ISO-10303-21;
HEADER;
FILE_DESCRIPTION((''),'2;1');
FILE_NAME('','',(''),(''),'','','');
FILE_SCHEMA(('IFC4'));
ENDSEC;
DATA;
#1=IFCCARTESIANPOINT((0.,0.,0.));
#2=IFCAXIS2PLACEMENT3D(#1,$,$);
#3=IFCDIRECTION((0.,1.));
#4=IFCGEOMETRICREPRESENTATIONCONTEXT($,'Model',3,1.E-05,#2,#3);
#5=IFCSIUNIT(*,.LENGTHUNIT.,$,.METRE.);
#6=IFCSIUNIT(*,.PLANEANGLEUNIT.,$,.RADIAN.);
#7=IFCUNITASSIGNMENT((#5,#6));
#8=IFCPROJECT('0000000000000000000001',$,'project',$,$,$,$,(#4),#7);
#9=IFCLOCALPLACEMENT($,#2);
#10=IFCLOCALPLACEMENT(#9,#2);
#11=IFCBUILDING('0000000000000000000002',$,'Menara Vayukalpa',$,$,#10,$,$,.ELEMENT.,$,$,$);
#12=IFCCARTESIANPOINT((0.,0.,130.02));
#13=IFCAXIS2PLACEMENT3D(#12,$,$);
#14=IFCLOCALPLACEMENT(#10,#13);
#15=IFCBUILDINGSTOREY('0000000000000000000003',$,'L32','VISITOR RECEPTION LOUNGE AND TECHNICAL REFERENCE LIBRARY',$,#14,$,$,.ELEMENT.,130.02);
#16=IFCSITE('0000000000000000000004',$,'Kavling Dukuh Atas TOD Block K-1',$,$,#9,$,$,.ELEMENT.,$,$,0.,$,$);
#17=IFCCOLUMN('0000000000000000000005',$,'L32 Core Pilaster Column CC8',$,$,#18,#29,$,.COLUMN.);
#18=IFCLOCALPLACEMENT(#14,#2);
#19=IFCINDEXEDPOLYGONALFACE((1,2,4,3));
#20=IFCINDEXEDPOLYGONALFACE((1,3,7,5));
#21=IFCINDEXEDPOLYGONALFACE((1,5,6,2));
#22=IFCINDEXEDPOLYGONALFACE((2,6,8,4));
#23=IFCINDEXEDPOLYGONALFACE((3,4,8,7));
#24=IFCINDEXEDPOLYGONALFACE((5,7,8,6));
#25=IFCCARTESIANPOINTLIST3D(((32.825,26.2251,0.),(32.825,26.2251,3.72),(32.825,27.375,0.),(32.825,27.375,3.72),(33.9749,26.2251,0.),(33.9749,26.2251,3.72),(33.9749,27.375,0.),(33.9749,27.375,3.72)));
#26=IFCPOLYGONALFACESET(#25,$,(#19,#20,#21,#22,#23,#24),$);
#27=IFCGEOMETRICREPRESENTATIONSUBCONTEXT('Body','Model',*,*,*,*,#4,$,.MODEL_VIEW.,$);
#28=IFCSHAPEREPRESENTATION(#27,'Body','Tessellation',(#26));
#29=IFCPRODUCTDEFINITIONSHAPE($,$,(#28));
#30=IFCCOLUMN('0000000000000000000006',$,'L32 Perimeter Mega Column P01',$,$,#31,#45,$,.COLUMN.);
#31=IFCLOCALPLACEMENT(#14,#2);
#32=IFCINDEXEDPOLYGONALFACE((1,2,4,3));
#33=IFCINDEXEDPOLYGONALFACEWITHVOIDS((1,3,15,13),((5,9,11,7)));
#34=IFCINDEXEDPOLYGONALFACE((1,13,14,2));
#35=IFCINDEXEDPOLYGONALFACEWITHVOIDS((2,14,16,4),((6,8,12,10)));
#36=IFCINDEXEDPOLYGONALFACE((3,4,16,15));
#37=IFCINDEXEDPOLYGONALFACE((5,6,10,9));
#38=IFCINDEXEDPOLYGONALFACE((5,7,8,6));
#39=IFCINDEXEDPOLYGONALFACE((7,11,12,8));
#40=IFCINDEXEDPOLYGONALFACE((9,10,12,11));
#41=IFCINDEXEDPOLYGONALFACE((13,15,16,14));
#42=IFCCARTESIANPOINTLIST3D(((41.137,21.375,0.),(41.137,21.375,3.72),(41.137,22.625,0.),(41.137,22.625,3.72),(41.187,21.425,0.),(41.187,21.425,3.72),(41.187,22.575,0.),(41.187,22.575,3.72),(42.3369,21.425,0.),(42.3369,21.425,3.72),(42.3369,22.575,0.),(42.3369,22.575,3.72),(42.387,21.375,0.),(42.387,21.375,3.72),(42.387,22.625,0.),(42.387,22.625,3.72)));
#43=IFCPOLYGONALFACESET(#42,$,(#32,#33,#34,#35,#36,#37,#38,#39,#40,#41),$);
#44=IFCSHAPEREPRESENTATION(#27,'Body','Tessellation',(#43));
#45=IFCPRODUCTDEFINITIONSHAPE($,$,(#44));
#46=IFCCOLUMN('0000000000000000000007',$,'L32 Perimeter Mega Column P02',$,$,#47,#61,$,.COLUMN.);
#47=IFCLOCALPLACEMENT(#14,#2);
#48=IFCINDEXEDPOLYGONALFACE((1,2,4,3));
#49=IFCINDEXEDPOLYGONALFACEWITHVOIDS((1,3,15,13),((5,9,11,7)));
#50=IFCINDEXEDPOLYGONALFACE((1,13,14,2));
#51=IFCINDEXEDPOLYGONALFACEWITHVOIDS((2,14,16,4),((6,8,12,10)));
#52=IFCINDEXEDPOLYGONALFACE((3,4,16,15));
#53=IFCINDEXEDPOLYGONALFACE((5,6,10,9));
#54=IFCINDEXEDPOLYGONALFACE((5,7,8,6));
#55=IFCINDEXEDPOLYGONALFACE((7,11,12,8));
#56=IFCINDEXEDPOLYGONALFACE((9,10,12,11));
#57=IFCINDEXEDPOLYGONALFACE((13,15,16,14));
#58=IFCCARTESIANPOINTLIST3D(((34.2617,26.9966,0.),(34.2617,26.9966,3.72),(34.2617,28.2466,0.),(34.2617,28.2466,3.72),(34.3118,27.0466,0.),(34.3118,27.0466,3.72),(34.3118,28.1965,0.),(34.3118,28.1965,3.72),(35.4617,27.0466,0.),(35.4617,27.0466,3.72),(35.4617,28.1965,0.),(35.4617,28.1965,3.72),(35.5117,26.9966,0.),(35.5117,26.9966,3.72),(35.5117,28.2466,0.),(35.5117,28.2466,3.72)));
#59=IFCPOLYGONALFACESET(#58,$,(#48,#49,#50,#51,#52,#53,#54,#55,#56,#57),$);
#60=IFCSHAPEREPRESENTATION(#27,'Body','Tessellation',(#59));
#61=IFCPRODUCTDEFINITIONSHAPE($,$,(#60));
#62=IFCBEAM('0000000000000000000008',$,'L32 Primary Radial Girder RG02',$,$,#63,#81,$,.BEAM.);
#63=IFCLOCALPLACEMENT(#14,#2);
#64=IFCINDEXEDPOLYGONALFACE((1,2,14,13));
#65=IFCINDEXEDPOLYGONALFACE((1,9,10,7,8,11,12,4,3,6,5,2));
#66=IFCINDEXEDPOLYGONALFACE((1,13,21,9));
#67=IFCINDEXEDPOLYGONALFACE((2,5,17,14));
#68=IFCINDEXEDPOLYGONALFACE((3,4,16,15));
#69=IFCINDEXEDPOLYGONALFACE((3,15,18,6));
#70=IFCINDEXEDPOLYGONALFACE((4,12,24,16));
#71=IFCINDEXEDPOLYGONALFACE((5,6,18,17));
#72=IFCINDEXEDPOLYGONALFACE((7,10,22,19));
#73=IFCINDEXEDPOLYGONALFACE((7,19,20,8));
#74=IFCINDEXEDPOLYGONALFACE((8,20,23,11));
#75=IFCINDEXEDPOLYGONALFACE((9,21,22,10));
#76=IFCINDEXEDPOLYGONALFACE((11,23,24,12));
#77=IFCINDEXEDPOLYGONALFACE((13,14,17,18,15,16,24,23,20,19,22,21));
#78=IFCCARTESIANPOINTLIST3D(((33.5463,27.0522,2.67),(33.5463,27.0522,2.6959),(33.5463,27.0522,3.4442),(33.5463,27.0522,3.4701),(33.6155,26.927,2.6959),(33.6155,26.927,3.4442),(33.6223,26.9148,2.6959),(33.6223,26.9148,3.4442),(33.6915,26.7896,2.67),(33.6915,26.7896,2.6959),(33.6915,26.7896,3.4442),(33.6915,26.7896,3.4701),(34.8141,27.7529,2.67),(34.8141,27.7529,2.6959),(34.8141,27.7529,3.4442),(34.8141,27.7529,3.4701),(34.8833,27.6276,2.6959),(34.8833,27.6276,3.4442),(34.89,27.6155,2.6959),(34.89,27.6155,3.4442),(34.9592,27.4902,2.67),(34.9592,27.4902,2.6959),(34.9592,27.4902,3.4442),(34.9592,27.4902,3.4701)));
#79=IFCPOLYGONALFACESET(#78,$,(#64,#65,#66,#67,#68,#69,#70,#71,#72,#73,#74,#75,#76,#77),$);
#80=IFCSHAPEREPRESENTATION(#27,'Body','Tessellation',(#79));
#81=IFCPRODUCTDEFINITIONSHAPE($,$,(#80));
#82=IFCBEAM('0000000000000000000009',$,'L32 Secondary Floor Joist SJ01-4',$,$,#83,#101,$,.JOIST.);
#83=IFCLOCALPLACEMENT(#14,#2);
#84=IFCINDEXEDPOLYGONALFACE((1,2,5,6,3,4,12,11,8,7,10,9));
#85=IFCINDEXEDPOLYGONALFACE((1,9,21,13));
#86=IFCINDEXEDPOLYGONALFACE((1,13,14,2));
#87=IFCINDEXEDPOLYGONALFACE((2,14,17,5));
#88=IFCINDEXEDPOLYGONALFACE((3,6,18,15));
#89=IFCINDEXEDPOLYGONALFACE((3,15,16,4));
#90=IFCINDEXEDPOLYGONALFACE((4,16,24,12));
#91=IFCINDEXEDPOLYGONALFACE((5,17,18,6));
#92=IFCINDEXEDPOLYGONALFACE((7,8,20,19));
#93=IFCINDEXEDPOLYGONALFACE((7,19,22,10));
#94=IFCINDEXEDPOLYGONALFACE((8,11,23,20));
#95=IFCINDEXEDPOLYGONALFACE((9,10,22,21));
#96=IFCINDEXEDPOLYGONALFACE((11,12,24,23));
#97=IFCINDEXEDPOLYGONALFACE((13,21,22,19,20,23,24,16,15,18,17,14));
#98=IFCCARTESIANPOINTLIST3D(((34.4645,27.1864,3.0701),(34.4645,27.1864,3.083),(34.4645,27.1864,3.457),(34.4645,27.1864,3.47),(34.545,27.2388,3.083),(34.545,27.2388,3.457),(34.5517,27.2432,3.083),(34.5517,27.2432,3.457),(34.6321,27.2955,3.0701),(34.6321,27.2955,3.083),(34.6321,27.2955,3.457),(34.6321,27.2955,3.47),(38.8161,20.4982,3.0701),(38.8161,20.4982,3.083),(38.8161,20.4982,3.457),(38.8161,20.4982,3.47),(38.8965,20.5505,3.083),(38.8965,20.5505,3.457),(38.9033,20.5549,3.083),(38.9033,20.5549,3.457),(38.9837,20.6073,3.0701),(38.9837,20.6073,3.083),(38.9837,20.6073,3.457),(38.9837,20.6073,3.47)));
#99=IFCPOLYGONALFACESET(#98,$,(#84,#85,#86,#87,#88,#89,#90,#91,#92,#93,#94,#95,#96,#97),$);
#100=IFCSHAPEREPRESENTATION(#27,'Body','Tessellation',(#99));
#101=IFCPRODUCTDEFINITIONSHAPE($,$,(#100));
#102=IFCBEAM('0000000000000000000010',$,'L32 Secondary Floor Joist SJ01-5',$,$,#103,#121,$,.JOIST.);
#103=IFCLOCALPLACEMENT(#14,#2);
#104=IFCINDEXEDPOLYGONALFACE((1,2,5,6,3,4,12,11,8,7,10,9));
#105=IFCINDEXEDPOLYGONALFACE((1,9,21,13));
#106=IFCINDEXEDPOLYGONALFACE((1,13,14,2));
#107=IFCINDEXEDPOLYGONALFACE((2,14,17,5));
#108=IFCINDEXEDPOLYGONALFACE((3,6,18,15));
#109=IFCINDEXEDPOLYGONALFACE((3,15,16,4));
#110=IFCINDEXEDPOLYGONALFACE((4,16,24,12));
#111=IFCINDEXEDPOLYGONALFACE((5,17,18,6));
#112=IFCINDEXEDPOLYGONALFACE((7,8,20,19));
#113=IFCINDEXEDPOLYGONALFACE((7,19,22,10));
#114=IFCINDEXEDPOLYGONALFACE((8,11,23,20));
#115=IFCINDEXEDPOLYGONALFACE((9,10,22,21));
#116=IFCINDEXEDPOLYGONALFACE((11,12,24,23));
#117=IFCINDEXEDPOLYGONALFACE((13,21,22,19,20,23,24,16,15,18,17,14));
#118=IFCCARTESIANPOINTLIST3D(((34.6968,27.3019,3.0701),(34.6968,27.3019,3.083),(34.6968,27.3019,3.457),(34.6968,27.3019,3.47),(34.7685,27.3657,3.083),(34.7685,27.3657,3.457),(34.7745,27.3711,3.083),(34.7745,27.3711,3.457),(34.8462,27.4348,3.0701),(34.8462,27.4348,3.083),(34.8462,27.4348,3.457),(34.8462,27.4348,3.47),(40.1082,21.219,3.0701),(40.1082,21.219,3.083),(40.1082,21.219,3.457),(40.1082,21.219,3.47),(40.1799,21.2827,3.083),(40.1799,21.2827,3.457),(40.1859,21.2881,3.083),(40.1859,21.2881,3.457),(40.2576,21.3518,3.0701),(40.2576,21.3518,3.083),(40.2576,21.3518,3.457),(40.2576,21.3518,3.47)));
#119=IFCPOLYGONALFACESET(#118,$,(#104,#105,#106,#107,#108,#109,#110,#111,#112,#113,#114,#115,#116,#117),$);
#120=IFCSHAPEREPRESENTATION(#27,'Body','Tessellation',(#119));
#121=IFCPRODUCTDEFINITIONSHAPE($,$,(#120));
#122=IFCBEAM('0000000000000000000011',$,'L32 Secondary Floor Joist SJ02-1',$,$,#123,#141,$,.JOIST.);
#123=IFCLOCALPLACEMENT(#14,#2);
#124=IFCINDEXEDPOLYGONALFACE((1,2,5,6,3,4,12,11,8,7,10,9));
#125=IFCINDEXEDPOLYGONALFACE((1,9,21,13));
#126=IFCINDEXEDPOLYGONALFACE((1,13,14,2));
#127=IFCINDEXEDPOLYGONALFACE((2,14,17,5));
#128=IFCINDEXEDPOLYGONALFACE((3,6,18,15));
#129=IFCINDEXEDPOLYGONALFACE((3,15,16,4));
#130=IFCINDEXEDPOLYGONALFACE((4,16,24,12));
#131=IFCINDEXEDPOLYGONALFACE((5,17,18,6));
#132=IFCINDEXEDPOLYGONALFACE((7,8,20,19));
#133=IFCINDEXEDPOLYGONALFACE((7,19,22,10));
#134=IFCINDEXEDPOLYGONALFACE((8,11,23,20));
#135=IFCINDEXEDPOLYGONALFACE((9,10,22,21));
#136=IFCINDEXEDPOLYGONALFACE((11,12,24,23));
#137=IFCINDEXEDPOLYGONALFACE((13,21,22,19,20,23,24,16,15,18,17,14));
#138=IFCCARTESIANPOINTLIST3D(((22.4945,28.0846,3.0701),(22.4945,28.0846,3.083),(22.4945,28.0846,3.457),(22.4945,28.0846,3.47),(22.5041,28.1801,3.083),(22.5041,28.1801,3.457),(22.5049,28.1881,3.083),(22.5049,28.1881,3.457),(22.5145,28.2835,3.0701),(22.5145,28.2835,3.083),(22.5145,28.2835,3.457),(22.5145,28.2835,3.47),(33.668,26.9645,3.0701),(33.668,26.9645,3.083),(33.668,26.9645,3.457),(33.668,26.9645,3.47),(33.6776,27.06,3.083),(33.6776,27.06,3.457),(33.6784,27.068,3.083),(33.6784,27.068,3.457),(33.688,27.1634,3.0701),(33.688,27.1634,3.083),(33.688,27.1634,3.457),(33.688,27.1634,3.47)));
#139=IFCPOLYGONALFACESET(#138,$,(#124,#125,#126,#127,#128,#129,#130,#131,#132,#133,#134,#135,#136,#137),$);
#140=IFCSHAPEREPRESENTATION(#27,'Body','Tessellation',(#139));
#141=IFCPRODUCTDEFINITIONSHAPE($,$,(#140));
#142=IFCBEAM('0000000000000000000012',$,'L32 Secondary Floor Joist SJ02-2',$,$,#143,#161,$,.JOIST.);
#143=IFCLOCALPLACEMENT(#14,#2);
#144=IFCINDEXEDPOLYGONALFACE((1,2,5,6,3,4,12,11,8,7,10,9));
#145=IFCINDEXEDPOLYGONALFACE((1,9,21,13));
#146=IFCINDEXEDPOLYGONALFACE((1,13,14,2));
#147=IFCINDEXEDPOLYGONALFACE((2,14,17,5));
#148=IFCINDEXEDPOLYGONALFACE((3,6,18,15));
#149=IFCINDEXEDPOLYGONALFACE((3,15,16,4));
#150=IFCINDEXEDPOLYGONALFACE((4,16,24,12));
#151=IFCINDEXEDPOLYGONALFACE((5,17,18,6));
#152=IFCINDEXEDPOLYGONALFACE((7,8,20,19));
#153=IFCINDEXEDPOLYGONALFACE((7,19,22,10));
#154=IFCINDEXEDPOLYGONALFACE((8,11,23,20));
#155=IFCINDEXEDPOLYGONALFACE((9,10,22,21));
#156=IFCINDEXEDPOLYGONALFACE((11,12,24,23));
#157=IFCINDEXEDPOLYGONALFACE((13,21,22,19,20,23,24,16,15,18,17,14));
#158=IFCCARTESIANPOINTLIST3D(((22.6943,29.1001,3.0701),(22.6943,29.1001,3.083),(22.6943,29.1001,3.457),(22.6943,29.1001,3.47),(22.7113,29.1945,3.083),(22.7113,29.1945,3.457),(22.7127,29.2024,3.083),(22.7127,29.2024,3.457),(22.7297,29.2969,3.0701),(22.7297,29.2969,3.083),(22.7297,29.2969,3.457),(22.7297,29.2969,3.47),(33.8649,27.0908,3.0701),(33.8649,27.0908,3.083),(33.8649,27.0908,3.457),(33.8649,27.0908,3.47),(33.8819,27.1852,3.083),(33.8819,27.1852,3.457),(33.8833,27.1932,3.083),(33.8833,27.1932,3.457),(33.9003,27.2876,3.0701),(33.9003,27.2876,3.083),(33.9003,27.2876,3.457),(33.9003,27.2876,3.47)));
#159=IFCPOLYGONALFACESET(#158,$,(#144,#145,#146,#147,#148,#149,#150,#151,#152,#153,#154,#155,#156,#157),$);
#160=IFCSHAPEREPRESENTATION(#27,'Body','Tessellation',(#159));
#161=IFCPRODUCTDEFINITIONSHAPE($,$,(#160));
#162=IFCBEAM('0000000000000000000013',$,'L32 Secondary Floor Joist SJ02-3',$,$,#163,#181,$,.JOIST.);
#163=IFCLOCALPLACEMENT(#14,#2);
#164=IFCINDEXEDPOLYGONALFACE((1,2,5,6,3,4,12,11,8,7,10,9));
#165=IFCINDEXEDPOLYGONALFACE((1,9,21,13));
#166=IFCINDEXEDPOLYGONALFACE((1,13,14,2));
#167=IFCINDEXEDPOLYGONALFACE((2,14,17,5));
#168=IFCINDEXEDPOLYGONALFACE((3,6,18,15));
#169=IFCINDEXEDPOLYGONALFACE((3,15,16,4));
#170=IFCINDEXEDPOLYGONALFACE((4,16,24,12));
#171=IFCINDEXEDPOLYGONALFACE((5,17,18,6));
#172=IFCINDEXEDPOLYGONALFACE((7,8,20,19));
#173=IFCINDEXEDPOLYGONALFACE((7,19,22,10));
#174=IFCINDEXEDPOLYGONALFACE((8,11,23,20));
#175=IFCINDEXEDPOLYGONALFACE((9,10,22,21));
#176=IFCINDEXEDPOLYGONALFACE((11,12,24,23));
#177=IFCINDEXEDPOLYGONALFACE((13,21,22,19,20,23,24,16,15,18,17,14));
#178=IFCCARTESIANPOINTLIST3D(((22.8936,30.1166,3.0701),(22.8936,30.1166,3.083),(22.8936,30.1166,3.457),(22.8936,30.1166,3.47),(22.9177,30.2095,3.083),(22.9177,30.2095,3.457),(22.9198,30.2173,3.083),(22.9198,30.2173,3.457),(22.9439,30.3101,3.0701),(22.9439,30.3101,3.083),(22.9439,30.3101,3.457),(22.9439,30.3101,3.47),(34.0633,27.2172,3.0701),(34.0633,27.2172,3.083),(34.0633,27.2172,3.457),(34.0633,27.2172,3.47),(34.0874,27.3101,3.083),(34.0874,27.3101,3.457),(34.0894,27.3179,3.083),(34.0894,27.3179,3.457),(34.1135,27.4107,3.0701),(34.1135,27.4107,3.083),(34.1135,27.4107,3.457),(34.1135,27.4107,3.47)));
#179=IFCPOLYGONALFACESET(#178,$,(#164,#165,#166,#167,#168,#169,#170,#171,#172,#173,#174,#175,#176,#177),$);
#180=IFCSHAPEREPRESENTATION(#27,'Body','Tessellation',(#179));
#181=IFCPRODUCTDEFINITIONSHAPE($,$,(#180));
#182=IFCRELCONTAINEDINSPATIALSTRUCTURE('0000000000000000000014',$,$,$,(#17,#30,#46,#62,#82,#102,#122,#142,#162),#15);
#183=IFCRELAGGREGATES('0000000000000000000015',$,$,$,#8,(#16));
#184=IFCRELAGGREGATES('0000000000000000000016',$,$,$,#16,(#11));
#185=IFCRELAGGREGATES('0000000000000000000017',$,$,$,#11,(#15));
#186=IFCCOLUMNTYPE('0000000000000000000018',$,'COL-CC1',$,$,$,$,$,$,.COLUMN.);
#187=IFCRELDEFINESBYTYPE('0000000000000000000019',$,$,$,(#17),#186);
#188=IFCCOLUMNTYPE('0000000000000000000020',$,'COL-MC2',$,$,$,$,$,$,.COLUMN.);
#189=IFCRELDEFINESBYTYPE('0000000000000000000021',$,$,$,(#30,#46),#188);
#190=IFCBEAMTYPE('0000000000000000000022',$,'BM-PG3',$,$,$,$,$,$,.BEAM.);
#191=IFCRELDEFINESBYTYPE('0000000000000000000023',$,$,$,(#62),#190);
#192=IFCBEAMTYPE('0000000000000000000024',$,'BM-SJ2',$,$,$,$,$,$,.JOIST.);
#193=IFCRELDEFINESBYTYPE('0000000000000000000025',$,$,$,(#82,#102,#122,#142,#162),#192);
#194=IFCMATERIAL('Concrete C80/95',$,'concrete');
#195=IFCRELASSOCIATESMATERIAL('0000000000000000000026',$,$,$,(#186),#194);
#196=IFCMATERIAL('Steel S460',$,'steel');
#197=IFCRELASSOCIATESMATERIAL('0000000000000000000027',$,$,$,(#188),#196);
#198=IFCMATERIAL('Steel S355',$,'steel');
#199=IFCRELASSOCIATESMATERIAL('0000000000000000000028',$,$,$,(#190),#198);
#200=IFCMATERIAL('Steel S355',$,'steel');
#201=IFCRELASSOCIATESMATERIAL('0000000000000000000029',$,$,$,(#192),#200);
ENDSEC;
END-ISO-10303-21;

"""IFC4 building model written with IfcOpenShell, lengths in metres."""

from ifc_helpers import new_model, si_unit, direction, frame, origin, origin_2d, place, context, subcontext, project, spatial, rectangle, hollow_rectangle, i_section, extrude, material, material_profile, profile_set, type_object, element, save


model = new_model("IFC4")

# Units and contexts
model_context = context("Model", 3, precision=1e-05, world=origin(), true_north=direction((0.0, 1.0)))
body_context = subcontext(model_context, "Body", "Model", "MODEL_VIEW")
ifc_project = project(units=[si_unit("LENGTHUNIT", "METRE"), si_unit("PLANEANGLEUNIT", "RADIAN")], contexts=[model_context])

# Site, building, storey
site_placement = place(None, origin())
site = spatial("IfcSite", under=ifc_project, at=site_placement, Name="Kavling Dukuh Atas TOD Block K-1", CompositionType="ELEMENT", RefElevation=0.0)
building_placement = place(site_placement, origin())
building = spatial("IfcBuilding", under=site, at=building_placement, Name="Menara Vayukalpa", CompositionType="ELEMENT")
storey_placement = place(building_placement, frame((0.0, 0.0, 130.02)))
storey = spatial("IfcBuildingStorey", under=building, at=storey_placement, Name="L32", Description="VISITOR RECEPTION LOUNGE AND TECHNICAL REFERENCE LIBRARY", CompositionType="ELEMENT", Elevation=130.02)

# Columns
ifc_material_1 = material(Name="Concrete C80/95", Category="concrete")
ifc_material_profile_1 = material_profile(ifc_material_1, rectangle(XDim=1.1499, YDim=1.1499, at=origin_2d()), Name="RC 1150x1150")
ifc_profile_set_1 = profile_set([ifc_material_profile_1], Name="Concrete C80/95")
column_type_1 = type_object("IfcColumnType", Name="COL-CC1", PredefinedType="COLUMN", material=ifc_profile_set_1)
column_placement = place(storey_placement, frame((33.3999, 26.8, 0.0), z_axis=(0.0, 0.0, 1.0), x_axis=(1.0, 0.0, 0.0)))
element("IfcColumn", 1, at=column_placement, inside=storey, type_object=column_type_1, Name="L32 Core Pilaster Column CC8", PredefinedType="COLUMN", context=body_context, shape_type="SweptSolid", body=[
    extrude(rectangle(XDim=1.1499, YDim=1.1499, at=origin_2d()), origin(), (0.0, 0.0, 1.0), 3.72),
])
ifc_material_2 = material(Name="Steel S460", Category="steel")
ifc_material_profile_2 = material_profile(ifc_material_2, hollow_rectangle(XDim=1.25, YDim=1.25, WallThickness=0.05, at=origin_2d()), Name="BOX 1250x1250x50")
ifc_profile_set_2 = profile_set([ifc_material_profile_2], Name="Steel S460")
column_type_2 = type_object("IfcColumnType", Name="COL-MC2", PredefinedType="COLUMN", material=ifc_profile_set_2)
for number, where, z_axis, x_axis, name in (
    (2, (41.762, 22.0, 0.0), (0.0, 0.0, 1.0), (1.0, 0.0, 0.0), "L32 Perimeter Mega Column P01"),
    (3, (34.8867, 27.6216, 0.0), (0.0, 0.0, 1.0), (1.0, 0.0, 0.0), "L32 Perimeter Mega Column P02"),
):
    element("IfcColumn", number, at=place(storey_placement, frame(where, z_axis=z_axis, x_axis=x_axis)), inside=storey, type_object=column_type_2, Name=name, PredefinedType="COLUMN", context=body_context, shape_type="SweptSolid", body=[
        extrude(hollow_rectangle(XDim=1.25, YDim=1.25, WallThickness=0.05, at=origin_2d()), origin(), (0.0, 0.0, 1.0), 3.72),
    ])

# Beams
ifc_material_3 = material(Name="Steel S355", Category="steel")
ifc_material_profile_3 = material_profile(ifc_material_3, i_section(OverallWidth=0.3, OverallDepth=0.8, WebThickness=0.0139, FlangeThickness=0.0259, at=origin_2d()), Name="WF 800x300x14x26")
ifc_profile_set_3 = profile_set([ifc_material_profile_3], Name="Steel S355")
beam_type_1 = type_object("IfcBeamType", Name="BM-PG3", PredefinedType="BEAM", material=ifc_profile_set_3)
beam_1_placement = place(storey_placement, frame((33.6189, 26.9209, 3.0701), z_axis=(0.875228, 0.48371, 0.0), x_axis=(-0.48371, 0.875228, 0.0)))
element("IfcBeam", 4, at=beam_1_placement, inside=storey, type_object=beam_type_1, Name="L32 Primary Radial Girder RG02", PredefinedType="BEAM", context=body_context, shape_type="SweptSolid", body=[
    extrude(i_section(OverallWidth=0.3, OverallDepth=0.8, WebThickness=0.0139, FlangeThickness=0.0259, at=origin_2d()), origin(), (0.0, 0.0, 1.0), 1.4485),
])
ifc_material_4 = material(Name="Steel S355", Category="steel")
ifc_material_profile_4 = material_profile(ifc_material_4, i_section(OverallWidth=0.2, OverallDepth=0.3999, WebThickness=0.0081, FlangeThickness=0.0129, at=origin_2d()), Name="WF 400x200x8x13")
ifc_profile_set_4 = profile_set([ifc_material_profile_4], Name="Steel S355")
beam_type_2 = type_object("IfcBeamType", Name="BM-SJ2", PredefinedType="JOIST", material=ifc_profile_set_4)
beam_2_placement = place(storey_placement, frame((38.8999, 20.5527, 3.27), z_axis=(-0.545359, 0.838202, 0.0), x_axis=(-0.838202, -0.545359, 0.0)))
element("IfcBeam", 5, at=beam_2_placement, inside=storey, type_object=beam_type_2, Name="L32 Secondary Floor Joist SJ01-4", PredefinedType="JOIST", context=body_context, shape_type="SweptSolid", body=[
    extrude(i_section(OverallWidth=0.2, OverallDepth=0.3999, WebThickness=0.0081, FlangeThickness=0.0129, at=origin_2d()), origin(), (0.0, 0.0, 1.0), 7.9792),
])
beam_3_placement = place(storey_placement, frame((40.1829, 21.2854, 3.27), z_axis=(-0.664656, 0.74715, 0.0), x_axis=(-0.74715, -0.664656, 0.0)))
element("IfcBeam", 6, at=beam_3_placement, inside=storey, type_object=beam_type_2, Name="L32 Secondary Floor Joist SJ01-5", PredefinedType="JOIST", context=body_context, shape_type="SweptSolid", body=[
    extrude(i_section(OverallWidth=0.2, OverallDepth=0.3999, WebThickness=0.0081, FlangeThickness=0.0129, at=origin_2d()), origin(), (0.0, 0.0, 1.0), 8.1416),
])
beam_4_placement = place(storey_placement, frame((33.678, 27.064, 3.27), z_axis=(-0.995013, 0.099747, 0.0), x_axis=(-0.099747, -0.995013, 0.0)))
element("IfcBeam", 7, at=beam_4_placement, inside=storey, type_object=beam_type_2, Name="L32 Secondary Floor Joist SJ02-1", PredefinedType="JOIST", context=body_context, shape_type="SweptSolid", body=[
    extrude(i_section(OverallWidth=0.2, OverallDepth=0.3999, WebThickness=0.0081, FlangeThickness=0.0129, at=origin_2d()), origin(), (0.0, 0.0, 1.0), 11.2295),
])
beam_5_placement = place(storey_placement, frame((33.8826, 27.1892, 3.27), z_axis=(-0.984205, 0.17703, 0.0), x_axis=(-0.17703, -0.984205, 0.0)))
element("IfcBeam", 8, at=beam_5_placement, inside=storey, type_object=beam_type_2, Name="L32 Secondary Floor Joist SJ02-2", PredefinedType="JOIST", context=body_context, shape_type="SweptSolid", body=[
    extrude(i_section(OverallWidth=0.2, OverallDepth=0.3999, WebThickness=0.0081, FlangeThickness=0.0129, at=origin_2d()), origin(), (0.0, 0.0, 1.0), 11.3499),
])
beam_6_placement = place(storey_placement, frame((34.0884, 27.314, 3.27), z_axis=(-0.967922, 0.251252, 0.0), x_axis=(-0.251252, -0.967922, 0.0)))
element("IfcBeam", 9, at=beam_6_placement, inside=storey, type_object=beam_type_2, Name="L32 Secondary Floor Joist SJ02-3", PredefinedType="JOIST", context=body_context, shape_type="SweptSolid", body=[
    extrude(i_section(OverallWidth=0.2, OverallDepth=0.3999, WebThickness=0.0081, FlangeThickness=0.0129, at=origin_2d()), origin(), (0.0, 0.0, 1.0), 11.5398),
])

save(model, "model.ifc")
